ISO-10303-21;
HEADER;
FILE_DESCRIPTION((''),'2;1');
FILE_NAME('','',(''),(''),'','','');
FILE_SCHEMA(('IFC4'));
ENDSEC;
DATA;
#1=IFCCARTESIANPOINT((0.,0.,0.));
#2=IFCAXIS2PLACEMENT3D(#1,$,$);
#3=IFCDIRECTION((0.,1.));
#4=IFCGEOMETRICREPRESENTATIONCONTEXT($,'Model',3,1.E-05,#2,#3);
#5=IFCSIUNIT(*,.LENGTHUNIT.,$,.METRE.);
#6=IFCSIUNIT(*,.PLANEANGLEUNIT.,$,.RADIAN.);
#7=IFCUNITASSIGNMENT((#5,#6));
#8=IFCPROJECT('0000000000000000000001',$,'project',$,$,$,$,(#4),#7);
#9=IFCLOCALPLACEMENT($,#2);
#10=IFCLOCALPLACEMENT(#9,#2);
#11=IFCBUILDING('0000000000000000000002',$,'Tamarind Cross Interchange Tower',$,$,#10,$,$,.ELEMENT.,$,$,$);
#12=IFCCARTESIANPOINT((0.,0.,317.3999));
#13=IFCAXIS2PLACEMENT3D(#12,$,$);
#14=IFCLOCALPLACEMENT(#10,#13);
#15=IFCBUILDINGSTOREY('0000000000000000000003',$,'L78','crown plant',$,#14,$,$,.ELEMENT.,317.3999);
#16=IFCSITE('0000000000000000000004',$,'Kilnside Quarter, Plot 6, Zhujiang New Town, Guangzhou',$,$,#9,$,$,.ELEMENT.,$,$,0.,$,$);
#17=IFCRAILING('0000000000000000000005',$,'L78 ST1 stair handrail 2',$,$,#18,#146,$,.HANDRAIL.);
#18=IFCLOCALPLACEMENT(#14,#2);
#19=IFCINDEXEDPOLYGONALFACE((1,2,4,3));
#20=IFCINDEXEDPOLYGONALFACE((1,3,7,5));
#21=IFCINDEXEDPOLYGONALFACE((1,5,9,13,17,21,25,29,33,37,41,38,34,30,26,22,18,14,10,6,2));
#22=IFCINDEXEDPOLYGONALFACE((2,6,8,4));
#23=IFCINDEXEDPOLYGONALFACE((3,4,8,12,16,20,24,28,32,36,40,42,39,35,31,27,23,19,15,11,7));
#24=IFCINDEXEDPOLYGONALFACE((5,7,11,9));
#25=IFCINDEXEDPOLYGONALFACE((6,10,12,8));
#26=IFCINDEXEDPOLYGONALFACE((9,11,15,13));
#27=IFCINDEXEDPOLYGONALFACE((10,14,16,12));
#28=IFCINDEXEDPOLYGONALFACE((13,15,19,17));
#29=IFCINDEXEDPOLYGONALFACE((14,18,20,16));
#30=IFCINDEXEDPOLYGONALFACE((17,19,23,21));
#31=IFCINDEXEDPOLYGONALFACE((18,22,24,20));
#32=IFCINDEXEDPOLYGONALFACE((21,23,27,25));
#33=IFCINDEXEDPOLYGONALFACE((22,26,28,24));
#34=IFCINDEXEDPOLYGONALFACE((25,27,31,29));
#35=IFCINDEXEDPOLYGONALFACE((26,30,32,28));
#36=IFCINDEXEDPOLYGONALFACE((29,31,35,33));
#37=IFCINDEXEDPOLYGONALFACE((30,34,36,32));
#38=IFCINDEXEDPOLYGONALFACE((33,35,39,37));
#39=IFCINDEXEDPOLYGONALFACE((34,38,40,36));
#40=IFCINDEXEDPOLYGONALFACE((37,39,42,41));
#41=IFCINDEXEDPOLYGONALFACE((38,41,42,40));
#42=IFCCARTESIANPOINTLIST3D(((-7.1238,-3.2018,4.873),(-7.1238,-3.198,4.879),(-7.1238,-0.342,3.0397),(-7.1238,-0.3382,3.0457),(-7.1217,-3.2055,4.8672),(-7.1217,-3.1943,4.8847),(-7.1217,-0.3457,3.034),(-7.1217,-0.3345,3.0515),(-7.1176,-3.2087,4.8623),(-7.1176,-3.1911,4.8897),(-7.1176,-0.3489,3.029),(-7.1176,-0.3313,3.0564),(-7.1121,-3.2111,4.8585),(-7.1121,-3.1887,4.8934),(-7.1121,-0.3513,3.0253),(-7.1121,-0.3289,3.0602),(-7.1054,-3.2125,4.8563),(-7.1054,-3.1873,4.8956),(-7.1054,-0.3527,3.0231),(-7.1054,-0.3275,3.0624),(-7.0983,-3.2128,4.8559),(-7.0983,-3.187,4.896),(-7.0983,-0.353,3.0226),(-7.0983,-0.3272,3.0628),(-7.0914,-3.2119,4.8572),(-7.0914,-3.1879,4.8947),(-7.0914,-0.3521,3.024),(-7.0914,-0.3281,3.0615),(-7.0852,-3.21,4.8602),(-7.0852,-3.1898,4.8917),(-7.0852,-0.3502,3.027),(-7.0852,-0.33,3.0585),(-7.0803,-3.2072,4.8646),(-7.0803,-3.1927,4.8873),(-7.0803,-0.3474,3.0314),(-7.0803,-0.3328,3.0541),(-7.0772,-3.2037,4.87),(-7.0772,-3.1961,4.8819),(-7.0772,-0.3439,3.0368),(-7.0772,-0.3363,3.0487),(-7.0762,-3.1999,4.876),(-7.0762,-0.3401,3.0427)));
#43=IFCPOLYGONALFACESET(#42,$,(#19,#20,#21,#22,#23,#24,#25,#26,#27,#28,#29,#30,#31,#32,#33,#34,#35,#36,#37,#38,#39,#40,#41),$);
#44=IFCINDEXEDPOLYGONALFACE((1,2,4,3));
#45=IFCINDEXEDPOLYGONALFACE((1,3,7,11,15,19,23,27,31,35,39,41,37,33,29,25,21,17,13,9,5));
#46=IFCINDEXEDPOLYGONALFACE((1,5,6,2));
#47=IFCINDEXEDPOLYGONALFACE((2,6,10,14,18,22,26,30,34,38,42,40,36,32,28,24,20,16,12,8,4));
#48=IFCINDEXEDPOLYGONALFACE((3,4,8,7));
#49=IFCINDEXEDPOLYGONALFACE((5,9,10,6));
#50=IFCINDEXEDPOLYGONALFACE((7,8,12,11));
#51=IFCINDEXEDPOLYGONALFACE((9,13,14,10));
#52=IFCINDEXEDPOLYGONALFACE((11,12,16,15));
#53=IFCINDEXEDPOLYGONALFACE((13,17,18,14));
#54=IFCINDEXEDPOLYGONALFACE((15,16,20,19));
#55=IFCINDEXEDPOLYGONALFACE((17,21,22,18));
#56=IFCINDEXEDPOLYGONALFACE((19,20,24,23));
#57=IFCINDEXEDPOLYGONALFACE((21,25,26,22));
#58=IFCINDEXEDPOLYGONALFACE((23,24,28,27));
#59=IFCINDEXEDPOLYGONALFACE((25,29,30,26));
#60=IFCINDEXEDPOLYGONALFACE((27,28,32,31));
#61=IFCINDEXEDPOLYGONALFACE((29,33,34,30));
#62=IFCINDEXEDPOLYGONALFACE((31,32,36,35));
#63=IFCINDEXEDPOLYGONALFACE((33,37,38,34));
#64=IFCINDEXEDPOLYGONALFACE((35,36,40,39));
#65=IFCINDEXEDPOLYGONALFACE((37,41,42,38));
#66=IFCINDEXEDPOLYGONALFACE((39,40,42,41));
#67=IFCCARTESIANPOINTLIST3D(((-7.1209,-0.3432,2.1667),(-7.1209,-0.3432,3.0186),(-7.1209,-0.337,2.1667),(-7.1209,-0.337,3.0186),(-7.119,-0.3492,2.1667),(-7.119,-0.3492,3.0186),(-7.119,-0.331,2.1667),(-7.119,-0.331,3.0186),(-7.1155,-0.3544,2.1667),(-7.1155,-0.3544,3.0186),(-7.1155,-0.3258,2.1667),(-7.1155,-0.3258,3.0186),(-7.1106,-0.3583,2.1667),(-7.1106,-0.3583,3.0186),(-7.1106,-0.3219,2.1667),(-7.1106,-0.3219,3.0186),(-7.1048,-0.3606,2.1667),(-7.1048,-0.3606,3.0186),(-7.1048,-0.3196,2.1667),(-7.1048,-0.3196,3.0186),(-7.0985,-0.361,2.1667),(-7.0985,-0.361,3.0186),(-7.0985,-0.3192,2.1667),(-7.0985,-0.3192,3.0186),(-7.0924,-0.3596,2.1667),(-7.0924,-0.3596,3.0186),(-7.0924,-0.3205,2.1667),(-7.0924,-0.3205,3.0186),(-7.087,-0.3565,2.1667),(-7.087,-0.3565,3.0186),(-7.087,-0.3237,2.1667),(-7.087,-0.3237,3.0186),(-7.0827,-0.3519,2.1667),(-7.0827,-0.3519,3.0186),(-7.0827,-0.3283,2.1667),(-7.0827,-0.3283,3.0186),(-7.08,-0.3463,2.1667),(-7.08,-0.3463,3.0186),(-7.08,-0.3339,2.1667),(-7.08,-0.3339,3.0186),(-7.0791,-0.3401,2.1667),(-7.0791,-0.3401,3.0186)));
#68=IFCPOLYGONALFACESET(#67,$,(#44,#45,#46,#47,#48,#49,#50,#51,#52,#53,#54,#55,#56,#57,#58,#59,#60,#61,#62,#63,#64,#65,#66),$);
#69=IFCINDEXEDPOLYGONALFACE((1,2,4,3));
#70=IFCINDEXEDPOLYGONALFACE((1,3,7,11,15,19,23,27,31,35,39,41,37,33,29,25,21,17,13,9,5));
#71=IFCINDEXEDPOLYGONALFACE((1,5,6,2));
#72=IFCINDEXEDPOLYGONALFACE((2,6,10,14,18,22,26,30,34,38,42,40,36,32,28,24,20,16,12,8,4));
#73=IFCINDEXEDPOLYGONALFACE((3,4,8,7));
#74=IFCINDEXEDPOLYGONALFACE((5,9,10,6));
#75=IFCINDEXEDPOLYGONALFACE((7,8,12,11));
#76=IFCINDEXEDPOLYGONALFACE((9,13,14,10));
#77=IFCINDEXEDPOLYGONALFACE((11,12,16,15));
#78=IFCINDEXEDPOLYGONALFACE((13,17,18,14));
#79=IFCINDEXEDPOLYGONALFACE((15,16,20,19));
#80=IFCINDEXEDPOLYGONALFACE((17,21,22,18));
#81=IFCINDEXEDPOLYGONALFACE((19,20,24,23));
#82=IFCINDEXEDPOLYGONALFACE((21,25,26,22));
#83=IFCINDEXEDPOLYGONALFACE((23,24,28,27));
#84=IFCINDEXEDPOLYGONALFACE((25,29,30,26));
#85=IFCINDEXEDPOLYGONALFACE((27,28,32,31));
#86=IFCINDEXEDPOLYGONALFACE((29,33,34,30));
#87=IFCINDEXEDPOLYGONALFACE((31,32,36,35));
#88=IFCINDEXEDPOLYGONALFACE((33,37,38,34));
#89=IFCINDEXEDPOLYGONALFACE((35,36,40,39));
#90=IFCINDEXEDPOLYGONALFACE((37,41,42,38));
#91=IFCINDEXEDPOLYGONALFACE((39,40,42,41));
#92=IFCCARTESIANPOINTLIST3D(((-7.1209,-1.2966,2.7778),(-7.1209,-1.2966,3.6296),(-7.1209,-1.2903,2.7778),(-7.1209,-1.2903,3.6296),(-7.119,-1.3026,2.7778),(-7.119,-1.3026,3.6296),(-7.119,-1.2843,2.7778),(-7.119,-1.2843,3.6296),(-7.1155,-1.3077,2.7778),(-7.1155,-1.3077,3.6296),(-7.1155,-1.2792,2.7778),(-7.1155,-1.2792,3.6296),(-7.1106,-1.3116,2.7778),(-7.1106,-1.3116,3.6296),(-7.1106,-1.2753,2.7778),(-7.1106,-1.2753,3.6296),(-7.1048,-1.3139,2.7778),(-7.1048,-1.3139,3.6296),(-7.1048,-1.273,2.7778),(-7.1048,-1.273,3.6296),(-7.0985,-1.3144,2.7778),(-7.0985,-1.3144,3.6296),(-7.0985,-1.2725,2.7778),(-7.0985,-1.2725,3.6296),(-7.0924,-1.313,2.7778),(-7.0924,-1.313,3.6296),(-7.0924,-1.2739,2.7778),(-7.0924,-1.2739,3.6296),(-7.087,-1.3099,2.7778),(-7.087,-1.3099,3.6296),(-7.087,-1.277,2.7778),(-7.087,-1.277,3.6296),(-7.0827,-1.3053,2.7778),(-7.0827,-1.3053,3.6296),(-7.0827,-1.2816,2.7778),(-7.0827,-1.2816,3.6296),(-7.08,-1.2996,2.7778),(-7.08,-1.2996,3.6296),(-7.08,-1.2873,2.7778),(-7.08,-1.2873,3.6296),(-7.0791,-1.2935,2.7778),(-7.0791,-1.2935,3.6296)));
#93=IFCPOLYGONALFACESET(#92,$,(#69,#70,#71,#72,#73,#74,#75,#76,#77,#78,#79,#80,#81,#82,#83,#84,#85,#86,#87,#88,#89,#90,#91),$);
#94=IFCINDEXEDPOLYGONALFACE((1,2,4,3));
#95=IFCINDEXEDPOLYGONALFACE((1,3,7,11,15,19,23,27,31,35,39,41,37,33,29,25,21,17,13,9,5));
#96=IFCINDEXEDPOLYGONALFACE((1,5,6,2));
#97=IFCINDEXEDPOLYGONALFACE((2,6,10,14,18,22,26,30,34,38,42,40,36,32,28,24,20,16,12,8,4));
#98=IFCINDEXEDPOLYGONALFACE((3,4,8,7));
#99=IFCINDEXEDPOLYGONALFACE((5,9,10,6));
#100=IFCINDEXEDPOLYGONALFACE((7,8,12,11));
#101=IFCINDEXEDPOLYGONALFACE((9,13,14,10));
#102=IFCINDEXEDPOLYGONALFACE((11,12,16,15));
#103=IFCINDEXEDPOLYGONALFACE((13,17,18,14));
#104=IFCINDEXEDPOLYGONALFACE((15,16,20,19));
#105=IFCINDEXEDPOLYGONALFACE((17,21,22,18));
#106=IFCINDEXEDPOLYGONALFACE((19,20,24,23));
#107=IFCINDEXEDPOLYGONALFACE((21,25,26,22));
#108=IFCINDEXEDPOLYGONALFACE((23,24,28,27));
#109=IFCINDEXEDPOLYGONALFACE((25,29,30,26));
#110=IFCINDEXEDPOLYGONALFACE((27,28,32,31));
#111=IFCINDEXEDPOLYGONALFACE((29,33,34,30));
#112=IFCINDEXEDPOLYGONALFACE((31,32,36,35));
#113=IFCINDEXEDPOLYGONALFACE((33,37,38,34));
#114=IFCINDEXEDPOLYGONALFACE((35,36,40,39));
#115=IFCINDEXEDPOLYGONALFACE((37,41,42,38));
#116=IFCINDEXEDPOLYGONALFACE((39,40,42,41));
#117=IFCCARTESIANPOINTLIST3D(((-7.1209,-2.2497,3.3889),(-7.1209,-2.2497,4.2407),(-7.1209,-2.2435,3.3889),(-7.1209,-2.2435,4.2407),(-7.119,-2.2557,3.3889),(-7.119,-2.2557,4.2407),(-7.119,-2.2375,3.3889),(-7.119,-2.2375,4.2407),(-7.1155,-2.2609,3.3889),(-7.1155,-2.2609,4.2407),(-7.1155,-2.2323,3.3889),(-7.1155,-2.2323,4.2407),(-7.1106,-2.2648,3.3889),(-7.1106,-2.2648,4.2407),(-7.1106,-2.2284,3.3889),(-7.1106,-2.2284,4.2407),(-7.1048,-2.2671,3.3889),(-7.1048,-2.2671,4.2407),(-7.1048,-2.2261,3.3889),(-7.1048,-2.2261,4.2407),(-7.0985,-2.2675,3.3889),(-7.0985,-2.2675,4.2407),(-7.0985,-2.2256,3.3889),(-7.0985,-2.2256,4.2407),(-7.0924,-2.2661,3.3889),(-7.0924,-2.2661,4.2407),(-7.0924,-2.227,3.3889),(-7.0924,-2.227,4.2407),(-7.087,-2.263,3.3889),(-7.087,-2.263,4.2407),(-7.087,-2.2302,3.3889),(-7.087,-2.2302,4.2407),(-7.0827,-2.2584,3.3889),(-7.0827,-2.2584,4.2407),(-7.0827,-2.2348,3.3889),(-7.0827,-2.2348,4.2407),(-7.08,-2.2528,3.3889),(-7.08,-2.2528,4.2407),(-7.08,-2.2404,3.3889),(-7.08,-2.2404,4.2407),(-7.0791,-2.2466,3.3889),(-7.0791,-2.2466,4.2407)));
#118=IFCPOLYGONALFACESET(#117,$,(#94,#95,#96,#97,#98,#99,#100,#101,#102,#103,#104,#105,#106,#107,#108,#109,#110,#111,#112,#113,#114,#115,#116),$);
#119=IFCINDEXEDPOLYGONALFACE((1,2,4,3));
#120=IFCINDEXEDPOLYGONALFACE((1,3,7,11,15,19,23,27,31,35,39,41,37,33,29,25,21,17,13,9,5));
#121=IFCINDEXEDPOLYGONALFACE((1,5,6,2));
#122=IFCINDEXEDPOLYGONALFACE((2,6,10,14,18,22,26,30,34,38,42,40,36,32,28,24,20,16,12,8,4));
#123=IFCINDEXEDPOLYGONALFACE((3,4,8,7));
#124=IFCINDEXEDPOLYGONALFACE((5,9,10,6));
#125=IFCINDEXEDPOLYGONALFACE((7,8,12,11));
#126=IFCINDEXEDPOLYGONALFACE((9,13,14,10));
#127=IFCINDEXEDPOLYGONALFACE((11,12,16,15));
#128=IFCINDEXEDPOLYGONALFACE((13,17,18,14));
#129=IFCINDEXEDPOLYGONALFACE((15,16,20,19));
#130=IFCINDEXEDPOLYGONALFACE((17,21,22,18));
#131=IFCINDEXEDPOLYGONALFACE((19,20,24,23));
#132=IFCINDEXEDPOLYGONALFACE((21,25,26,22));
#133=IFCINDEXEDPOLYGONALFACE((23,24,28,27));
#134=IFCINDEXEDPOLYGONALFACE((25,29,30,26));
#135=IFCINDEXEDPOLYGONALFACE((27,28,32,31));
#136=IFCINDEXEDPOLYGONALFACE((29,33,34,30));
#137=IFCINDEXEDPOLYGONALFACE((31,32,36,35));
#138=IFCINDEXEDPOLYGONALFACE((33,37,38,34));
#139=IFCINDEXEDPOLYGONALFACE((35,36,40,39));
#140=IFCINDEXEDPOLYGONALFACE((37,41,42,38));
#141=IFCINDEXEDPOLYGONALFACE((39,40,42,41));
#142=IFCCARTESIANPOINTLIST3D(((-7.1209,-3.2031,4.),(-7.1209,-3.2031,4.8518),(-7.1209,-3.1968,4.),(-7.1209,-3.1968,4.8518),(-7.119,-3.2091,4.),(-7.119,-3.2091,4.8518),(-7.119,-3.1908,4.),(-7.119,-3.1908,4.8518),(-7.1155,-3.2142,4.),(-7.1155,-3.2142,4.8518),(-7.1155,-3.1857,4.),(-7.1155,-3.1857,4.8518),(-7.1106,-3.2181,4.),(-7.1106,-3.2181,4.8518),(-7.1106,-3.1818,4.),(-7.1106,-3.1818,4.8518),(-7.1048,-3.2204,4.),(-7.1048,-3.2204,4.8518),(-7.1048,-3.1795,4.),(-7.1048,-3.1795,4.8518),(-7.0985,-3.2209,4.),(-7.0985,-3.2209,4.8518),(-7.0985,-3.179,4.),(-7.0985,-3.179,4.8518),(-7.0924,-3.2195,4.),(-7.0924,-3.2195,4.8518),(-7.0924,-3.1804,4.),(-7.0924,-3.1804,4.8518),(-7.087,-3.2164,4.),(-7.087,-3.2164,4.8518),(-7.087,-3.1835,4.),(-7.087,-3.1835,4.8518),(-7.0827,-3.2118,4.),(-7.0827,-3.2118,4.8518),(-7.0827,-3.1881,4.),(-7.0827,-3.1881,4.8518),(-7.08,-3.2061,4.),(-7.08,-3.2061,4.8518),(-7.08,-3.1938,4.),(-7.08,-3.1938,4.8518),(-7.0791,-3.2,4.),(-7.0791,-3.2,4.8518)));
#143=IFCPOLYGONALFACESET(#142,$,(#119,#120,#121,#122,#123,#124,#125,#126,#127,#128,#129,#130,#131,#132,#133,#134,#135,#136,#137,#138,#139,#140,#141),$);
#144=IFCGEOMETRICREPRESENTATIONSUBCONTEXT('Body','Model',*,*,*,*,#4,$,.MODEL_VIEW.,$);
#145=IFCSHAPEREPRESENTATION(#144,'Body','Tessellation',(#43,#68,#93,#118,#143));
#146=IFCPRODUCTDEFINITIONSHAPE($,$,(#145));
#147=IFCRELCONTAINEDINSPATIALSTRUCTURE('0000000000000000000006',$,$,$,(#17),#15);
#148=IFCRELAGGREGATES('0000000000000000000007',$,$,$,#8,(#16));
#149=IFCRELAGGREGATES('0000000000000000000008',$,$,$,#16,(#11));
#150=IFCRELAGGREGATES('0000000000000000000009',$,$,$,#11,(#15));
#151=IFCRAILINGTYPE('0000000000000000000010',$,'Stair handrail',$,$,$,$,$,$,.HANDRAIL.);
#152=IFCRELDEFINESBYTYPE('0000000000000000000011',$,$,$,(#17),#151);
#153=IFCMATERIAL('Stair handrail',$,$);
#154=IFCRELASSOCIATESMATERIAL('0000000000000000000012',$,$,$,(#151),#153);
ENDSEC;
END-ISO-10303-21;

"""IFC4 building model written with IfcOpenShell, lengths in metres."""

from ifc_helpers import new_model, si_unit, direction, frame, origin, origin_2d, place, context, subcontext, project, spatial, circle, extrude, material, type_object, element, save


model = new_model("IFC4")

# Units and contexts
model_context = context("Model", 3, precision=1e-05, world=origin(), true_north=direction((0.0, 1.0)))
body_context = subcontext(model_context, "Body", "Model", "MODEL_VIEW")
ifc_project = project(units=[si_unit("LENGTHUNIT", "METRE"), si_unit("PLANEANGLEUNIT", "RADIAN")], contexts=[model_context])

# Site, building, storey
site_placement = place(None, origin())
site = spatial("IfcSite", under=ifc_project, at=site_placement, Name="Kilnside Quarter, Plot 6, Zhujiang New Town, Guangzhou", CompositionType="ELEMENT", RefElevation=0.0)
building_placement = place(site_placement, origin())
building = spatial("IfcBuilding", under=site, at=building_placement, Name="Tamarind Cross Interchange Tower", CompositionType="ELEMENT")
storey_placement = place(building_placement, frame((0.0, 0.0, 317.3999)))
storey = spatial("IfcBuildingStorey", under=building, at=storey_placement, Name="L78", Description="crown plant", CompositionType="ELEMENT", Elevation=317.3999)

# Railing
ifc_material_1 = material(Name="Stair handrail")
railing_type_1 = type_object("IfcRailingType", Name="Stair handrail", PredefinedType="HANDRAIL", material=ifc_material_1)
railing_1_placement = place(storey_placement, frame((-7.1001, -0.3401, 2.1667)))
element("IfcRailing", 1, at=railing_1_placement, inside=storey, type_object=railing_type_1, Name="L78 ST1 stair handrail 2", PredefinedType="HANDRAIL", context=body_context, shape_type="SweptSolid", body=[
    extrude(circle(Radius=0.0239, at=origin_2d()), frame((0.0, 0.0, 0.876), z_axis=(0.0, -0.841878, 0.539667), x_axis=(1.0, 0.0, 0.0)), (0.0, 0.0, 1.0), 3.397),
    extrude(circle(Radius=0.021, at=origin_2d()), origin(), (0.0, 0.0, 1.0), 0.8518),
    extrude(circle(Radius=0.021, at=origin_2d()), frame((0.0, -0.9534, 0.6111)), (0.0, 0.0, 1.0), 0.8518),
    extrude(circle(Radius=0.021, at=origin_2d()), frame((0.0, -1.9065, 1.2222)), (0.0, 0.0, 1.0), 0.8518),
    extrude(circle(Radius=0.021, at=origin_2d()), frame((0.0, -2.8599, 1.8333)), (0.0, 0.0, 1.0), 0.8518),
])

save(model, "model.ifc")
